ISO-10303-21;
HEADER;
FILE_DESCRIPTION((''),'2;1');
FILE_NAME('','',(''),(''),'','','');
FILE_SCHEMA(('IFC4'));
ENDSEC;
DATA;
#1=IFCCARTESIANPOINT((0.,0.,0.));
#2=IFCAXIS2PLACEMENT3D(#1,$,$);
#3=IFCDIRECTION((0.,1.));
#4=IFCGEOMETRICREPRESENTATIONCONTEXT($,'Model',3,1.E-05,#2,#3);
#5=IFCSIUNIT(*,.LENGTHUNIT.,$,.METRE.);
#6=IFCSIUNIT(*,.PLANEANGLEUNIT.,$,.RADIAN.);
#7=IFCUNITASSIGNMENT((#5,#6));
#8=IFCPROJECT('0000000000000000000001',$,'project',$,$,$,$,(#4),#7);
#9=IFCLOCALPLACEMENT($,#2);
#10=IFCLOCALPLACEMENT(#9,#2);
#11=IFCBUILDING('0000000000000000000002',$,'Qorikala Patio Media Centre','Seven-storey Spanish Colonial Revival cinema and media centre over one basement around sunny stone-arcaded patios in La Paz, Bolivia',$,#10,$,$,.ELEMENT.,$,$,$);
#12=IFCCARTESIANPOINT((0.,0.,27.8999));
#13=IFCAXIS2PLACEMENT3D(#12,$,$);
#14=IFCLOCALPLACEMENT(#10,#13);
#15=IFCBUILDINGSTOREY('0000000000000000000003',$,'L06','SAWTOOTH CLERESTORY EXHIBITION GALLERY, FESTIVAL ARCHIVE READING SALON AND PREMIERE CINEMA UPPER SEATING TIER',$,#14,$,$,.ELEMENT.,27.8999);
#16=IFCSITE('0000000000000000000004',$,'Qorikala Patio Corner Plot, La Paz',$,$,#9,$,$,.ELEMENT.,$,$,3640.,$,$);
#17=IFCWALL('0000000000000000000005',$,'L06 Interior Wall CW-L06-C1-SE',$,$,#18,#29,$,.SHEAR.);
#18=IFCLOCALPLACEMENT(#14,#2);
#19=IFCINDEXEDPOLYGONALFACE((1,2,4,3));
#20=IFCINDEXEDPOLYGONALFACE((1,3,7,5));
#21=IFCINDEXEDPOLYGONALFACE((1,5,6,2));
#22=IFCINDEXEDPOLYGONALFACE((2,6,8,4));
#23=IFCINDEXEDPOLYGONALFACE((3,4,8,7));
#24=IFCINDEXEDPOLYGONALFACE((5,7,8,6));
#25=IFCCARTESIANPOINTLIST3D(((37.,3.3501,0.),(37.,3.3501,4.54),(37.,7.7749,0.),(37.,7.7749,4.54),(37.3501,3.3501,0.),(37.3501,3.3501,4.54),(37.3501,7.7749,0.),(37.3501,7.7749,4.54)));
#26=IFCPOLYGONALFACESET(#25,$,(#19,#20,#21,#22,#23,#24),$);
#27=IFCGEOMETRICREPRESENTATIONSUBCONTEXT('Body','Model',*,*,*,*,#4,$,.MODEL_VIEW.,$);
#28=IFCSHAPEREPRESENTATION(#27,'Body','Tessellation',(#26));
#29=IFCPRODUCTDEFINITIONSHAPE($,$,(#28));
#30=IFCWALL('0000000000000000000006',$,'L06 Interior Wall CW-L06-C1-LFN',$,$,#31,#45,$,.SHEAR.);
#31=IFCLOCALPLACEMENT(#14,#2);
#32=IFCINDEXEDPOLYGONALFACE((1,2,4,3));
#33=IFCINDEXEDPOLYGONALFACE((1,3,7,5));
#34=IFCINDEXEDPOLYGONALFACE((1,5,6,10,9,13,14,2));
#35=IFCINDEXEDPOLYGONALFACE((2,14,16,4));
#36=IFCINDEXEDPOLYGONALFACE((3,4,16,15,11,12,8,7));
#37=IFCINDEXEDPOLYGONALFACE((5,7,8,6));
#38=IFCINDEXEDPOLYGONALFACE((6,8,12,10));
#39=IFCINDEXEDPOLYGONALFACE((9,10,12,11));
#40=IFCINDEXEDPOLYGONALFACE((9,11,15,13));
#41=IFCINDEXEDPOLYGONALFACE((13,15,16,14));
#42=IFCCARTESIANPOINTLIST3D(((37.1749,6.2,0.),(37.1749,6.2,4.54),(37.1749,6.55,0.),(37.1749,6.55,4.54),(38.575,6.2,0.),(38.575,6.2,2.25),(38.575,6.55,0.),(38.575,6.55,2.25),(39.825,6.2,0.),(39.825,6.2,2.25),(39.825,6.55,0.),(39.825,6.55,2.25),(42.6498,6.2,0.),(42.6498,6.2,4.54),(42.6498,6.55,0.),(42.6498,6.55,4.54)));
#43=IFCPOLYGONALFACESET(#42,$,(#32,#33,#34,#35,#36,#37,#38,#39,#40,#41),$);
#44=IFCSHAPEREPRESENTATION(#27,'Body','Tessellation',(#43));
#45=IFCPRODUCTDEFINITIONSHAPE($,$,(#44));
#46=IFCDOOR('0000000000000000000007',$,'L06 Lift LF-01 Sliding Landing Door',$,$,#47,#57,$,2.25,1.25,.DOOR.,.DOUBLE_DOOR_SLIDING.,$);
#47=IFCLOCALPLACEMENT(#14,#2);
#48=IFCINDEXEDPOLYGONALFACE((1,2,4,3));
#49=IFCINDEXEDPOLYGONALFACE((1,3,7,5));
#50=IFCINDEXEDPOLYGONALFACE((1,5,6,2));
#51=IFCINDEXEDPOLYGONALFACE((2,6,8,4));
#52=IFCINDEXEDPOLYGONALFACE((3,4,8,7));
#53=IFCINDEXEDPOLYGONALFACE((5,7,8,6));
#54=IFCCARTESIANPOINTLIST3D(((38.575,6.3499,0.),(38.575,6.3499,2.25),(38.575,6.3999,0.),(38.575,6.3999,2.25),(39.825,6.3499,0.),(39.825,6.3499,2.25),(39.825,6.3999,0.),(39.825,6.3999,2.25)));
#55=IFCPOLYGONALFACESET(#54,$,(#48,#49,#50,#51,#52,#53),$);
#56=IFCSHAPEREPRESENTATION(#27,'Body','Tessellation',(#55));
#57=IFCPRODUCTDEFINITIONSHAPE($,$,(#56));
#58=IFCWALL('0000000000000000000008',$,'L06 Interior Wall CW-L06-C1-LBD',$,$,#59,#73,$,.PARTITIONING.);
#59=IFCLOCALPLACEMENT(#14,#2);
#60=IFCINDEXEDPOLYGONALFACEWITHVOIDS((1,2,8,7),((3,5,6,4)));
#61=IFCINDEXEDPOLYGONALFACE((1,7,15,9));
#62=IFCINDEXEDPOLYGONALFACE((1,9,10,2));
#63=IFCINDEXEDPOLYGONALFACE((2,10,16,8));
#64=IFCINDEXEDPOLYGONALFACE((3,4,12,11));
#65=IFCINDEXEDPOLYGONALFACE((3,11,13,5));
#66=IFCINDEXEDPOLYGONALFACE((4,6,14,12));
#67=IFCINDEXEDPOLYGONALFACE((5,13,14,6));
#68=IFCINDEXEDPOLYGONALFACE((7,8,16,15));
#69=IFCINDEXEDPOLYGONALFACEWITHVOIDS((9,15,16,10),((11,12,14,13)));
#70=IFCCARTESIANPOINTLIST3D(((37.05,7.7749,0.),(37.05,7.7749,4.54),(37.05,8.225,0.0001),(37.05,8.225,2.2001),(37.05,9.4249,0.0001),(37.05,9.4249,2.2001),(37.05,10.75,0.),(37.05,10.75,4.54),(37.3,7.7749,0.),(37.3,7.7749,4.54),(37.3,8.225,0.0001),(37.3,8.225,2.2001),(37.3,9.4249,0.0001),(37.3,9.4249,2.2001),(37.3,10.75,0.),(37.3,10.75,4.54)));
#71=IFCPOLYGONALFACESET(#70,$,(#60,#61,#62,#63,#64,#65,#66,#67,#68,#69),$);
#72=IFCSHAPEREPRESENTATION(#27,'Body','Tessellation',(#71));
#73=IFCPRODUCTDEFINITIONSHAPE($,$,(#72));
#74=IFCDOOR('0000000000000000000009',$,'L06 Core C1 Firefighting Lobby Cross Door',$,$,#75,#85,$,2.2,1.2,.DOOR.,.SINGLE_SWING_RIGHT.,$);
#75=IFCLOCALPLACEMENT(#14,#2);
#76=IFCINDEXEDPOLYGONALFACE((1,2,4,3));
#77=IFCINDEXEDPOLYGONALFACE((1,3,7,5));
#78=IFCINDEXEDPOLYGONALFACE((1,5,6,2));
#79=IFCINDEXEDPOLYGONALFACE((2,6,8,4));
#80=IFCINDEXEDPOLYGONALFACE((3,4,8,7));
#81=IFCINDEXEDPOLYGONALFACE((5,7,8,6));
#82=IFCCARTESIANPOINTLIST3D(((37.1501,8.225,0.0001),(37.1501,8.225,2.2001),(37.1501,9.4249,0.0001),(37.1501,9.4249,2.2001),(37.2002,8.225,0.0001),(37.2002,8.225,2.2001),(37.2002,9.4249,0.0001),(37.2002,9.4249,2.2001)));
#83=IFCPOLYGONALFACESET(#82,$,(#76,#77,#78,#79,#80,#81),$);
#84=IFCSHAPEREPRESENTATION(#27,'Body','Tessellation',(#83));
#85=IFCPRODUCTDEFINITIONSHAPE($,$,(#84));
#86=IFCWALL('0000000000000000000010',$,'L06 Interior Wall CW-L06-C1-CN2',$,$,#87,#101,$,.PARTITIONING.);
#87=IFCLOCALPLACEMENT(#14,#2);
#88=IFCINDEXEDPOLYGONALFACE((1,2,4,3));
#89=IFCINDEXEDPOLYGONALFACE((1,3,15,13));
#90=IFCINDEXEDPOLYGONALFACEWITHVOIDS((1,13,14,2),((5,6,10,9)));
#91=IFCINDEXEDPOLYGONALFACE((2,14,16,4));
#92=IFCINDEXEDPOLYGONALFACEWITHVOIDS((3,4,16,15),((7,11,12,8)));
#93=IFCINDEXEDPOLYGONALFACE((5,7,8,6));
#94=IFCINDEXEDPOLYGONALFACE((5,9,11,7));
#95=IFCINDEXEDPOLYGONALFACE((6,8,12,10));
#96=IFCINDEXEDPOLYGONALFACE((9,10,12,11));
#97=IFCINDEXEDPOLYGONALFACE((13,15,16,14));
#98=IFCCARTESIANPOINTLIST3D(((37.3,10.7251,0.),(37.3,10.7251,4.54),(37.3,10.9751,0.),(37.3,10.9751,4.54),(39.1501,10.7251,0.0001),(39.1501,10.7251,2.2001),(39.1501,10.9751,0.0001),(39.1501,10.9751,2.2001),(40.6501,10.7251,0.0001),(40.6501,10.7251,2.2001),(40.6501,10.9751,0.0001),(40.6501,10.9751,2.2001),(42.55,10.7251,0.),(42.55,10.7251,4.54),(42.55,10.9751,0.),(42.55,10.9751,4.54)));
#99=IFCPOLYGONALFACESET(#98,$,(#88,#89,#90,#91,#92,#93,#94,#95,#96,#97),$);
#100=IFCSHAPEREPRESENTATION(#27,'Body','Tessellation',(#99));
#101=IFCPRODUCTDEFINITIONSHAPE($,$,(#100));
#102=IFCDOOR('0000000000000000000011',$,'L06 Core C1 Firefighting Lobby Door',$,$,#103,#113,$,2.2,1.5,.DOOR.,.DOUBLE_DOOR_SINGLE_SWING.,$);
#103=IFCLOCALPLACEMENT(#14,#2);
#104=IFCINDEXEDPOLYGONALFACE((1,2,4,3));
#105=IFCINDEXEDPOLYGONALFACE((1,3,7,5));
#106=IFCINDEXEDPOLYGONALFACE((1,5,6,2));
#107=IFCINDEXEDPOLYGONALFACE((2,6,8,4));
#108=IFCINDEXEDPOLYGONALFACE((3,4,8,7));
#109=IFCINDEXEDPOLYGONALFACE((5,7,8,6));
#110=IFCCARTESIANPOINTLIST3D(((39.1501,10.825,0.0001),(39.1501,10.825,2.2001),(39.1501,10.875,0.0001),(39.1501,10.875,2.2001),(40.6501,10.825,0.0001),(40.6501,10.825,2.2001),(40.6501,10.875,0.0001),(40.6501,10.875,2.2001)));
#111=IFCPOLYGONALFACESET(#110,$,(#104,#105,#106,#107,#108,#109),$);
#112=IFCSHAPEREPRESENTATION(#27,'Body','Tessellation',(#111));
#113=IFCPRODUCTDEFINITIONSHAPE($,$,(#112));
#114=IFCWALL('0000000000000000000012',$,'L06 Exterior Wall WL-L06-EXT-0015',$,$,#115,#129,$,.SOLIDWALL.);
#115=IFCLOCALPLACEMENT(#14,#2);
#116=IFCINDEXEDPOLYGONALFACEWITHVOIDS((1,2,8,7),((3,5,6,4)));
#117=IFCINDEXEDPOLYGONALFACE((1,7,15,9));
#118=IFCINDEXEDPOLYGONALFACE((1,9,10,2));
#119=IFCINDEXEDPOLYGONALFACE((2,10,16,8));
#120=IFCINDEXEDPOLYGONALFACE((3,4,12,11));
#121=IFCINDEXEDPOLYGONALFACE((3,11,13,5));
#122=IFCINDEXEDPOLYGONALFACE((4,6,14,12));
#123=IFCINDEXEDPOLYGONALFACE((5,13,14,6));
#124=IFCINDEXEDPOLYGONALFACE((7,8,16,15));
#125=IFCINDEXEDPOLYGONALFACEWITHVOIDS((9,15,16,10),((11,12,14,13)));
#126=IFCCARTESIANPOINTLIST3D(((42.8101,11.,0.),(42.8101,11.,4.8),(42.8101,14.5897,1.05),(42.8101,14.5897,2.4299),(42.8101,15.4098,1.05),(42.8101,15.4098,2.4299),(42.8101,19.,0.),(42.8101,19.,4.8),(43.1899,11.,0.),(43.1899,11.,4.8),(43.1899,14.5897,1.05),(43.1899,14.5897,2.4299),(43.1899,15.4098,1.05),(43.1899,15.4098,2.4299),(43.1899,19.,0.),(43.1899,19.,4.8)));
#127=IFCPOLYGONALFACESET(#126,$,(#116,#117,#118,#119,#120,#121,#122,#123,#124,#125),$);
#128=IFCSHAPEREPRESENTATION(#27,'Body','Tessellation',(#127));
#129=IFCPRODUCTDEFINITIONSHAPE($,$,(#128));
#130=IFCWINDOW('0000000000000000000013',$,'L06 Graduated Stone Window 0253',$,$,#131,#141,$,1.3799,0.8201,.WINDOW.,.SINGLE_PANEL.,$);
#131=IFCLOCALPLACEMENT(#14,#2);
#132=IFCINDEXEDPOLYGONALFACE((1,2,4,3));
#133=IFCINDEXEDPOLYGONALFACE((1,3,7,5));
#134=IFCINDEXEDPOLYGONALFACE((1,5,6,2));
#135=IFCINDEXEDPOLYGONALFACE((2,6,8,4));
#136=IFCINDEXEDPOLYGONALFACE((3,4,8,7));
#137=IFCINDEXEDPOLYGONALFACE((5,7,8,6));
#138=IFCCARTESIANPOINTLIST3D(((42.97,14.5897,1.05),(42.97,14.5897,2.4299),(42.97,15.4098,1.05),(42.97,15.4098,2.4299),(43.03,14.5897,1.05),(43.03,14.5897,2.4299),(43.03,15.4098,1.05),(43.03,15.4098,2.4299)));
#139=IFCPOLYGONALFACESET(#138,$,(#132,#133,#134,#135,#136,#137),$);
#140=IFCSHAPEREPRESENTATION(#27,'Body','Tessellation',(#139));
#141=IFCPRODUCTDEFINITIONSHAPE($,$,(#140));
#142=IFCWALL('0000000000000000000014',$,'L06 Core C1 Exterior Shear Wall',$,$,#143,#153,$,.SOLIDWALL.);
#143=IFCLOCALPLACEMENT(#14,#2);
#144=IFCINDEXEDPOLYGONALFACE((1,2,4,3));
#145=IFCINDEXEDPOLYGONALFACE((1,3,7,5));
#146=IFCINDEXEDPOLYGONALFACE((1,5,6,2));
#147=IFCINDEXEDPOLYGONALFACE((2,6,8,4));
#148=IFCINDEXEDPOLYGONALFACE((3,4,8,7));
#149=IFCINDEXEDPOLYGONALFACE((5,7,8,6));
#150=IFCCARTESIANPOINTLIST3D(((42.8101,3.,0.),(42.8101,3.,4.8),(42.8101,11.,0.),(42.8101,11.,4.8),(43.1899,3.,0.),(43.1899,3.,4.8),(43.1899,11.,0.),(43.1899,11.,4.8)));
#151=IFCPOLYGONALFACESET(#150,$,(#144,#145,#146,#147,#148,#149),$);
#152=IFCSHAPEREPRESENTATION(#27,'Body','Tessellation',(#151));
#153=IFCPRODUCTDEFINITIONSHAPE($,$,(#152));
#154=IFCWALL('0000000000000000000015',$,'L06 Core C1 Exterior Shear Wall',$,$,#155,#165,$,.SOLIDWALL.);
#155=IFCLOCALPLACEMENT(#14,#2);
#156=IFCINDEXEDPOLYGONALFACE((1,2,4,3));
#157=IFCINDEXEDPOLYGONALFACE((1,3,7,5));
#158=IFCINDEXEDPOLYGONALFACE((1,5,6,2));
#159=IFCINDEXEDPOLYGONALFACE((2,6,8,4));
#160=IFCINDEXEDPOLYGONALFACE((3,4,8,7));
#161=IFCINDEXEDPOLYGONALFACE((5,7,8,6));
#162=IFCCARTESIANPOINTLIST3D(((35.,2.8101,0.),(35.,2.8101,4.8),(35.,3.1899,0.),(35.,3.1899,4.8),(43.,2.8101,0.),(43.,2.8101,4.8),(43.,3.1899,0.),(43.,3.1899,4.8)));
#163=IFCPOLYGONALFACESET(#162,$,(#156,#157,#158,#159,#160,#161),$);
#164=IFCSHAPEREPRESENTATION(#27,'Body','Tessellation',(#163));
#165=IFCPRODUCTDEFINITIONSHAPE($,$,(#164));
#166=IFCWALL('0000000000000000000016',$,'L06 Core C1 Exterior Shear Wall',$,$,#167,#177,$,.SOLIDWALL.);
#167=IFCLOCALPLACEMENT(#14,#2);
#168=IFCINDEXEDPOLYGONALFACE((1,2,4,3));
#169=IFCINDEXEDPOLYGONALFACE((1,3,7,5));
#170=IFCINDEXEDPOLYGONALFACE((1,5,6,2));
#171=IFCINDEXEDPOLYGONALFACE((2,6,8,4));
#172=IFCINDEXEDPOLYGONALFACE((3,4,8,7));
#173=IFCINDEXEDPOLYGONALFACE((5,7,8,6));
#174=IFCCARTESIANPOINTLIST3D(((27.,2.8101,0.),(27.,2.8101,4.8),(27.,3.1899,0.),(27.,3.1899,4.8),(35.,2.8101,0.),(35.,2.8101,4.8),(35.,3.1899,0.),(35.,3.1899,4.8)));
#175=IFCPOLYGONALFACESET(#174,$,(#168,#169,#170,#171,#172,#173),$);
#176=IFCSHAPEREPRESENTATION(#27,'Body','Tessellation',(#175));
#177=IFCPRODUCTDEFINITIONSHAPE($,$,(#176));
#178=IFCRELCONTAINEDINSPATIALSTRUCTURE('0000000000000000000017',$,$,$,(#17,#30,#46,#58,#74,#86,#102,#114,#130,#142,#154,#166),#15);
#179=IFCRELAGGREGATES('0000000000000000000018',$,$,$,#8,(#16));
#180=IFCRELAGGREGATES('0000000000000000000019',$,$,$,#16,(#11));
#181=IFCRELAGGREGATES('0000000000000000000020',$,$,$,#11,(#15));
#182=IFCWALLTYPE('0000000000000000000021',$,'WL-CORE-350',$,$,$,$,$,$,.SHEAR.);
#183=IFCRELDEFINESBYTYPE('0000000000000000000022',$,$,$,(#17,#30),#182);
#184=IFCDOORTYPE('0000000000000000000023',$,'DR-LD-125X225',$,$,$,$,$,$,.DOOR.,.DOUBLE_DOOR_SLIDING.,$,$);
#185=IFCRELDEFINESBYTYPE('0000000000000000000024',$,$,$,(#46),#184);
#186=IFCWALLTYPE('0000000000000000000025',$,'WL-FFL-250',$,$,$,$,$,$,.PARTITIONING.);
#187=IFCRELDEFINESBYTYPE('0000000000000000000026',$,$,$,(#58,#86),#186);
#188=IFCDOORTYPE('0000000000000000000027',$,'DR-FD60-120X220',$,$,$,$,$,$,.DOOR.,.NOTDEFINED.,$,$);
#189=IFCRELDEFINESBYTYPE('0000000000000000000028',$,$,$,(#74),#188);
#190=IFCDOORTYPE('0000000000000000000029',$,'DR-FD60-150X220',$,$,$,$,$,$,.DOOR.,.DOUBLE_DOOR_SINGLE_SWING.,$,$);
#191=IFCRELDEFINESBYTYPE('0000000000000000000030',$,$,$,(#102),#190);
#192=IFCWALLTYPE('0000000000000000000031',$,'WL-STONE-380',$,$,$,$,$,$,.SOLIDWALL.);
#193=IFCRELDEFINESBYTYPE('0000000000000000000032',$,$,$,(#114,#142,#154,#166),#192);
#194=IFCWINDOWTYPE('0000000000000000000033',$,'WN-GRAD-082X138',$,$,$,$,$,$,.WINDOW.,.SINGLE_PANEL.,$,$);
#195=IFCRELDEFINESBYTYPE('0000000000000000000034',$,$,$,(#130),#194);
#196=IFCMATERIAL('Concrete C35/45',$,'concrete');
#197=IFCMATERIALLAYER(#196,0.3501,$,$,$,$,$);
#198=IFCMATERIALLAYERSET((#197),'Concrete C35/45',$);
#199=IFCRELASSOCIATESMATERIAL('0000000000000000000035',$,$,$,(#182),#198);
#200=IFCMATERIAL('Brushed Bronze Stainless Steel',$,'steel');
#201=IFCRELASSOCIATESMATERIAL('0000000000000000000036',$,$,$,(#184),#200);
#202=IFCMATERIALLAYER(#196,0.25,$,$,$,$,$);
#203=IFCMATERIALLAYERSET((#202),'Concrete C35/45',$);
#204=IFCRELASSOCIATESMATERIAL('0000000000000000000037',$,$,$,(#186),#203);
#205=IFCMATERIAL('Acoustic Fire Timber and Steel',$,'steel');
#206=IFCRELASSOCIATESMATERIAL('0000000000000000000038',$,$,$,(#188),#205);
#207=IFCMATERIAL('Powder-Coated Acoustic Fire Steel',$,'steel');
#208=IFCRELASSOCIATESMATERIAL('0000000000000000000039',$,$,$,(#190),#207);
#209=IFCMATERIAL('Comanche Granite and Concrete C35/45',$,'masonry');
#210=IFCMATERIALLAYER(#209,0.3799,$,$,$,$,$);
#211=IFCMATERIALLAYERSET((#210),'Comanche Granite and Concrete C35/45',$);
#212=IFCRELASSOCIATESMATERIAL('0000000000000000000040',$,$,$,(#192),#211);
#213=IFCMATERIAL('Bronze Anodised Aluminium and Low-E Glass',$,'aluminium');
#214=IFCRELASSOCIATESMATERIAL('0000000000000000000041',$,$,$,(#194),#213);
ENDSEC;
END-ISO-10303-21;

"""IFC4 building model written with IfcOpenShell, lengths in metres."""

from ifc_helpers import new_model, si_unit, direction, frame, frame_2d, origin, place, context, subcontext, project, spatial, rectangle, extrude, material, layer, layer_set, type_object, element, fill, save


model = new_model("IFC4")

# Units and contexts
model_context = context("Model", 3, precision=1e-05, world=origin(), true_north=direction((0.0, 1.0)))
body_context = subcontext(model_context, "Body", "Model", "MODEL_VIEW")
ifc_project = project(units=[si_unit("LENGTHUNIT", "METRE"), si_unit("PLANEANGLEUNIT", "RADIAN")], contexts=[model_context])

# Site, building, storey
site_placement = place(None, origin())
site = spatial("IfcSite", under=ifc_project, at=site_placement, Name="Qorikala Patio Corner Plot, La Paz", CompositionType="ELEMENT", RefElevation=3640.0)
building_placement = place(site_placement, origin())
building = spatial("IfcBuilding", under=site, at=building_placement, Name="Qorikala Patio Media Centre", Description="Seven-storey Spanish Colonial Revival cinema and media centre over one basement around sunny stone-arcaded patios in La Paz, Bolivia", CompositionType="ELEMENT")
storey_placement = place(building_placement, frame((0.0, 0.0, 27.8999)))
storey = spatial("IfcBuildingStorey", under=building, at=storey_placement, Name="L06", Description="SAWTOOTH CLERESTORY EXHIBITION GALLERY, FESTIVAL ARCHIVE READING SALON AND PREMIERE CINEMA UPPER SEATING TIER", CompositionType="ELEMENT", Elevation=27.8999)

# Shared definitions
ifc_material_1 = material(Name="Concrete C35/45", Category="concrete")

# Wall
ifc_layer_1 = layer(ifc_material_1, 0.3501)
ifc_layer_set_1 = layer_set([ifc_layer_1], Name="Concrete C35/45")
wall_type_1 = type_object("IfcWallType", Name="WL-CORE-350", PredefinedType="SHEAR", material=ifc_layer_set_1)
wall_1_placement = place(storey_placement, frame((37.175, 3.3501, 0.0), z_axis=(0.0, 0.0, 1.0), x_axis=(0.0, 1.0, 0.0)))
element("IfcWall", 1, at=wall_1_placement, inside=storey, type_object=wall_type_1, Name="L06 Interior Wall CW-L06-C1-SE", PredefinedType="SHEAR", context=body_context, shape_type="SweptSolid", body=[
    extrude(rectangle(XDim=4.4248, YDim=0.3501, at=frame_2d((2.2124, 0.0))), origin(), (0.0, 0.0, 1.0), 4.54),
])

# Walls, openings, doors
wall_2_placement = place(storey_placement, frame((37.175, 6.375, 0.0), z_axis=(0.0, 0.0, 1.0), x_axis=(1.0, 0.0, 0.0)))
wall_2 = element("IfcWall", 2, at=wall_2_placement, inside=storey, type_object=wall_type_1, Name="L06 Interior Wall CW-L06-C1-LFN", PredefinedType="SHEAR", context=body_context, shape_type="SweptSolid", body=[
    extrude(rectangle(XDim=5.4749, YDim=0.3501, at=frame_2d((2.7373, 0.0))), origin(), (0.0, 0.0, 1.0), 4.54),
])
opening_1_placement = place(wall_2_placement, frame((1.3999, 0.0, 0.0)))
opening_1 = element("IfcOpeningElement", 3, at=opening_1_placement, cuts=wall_2, PredefinedType="OPENING", context=body_context, shape_type="SweptSolid", body=[
    extrude(rectangle(XDim=1.25, YDim=2.25, at=frame_2d((0.625, 1.125))), frame((0.0, 0.1851, 0.0), z_axis=(0.0, -1.0, 0.0), x_axis=(1.0, 0.0, 0.0)), (0.0, 0.0, 1.0), 0.3701),
])
ifc_material_2 = material(Name="Brushed Bronze Stainless Steel", Category="steel")
door_type_1 = type_object("IfcDoorType", Name="DR-LD-125X225", OperationType="DOUBLE_DOOR_SLIDING", PredefinedType="DOOR", material=ifc_material_2)
door_1_placement = place(opening_1_placement, origin())
door_1 = element("IfcDoor", 4, at=door_1_placement, inside=storey, type_object=door_type_1, Name="L06 Lift LF-01 Sliding Landing Door", OperationType="DOUBLE_DOOR_SLIDING", OverallHeight=2.25, OverallWidth=1.25, PredefinedType="DOOR", context=body_context, shape_type="SweptSolid", body=[
    extrude(rectangle(XDim=1.25, YDim=2.25, at=frame_2d((0.625, 1.125))), frame((0.0, 0.0249, 0.0), z_axis=(0.0, -1.0, 0.0), x_axis=(1.0, 0.0, 0.0)), (0.0, 0.0, 1.0), 0.05),
])
fill(opening_1, door_1)
ifc_layer_2 = layer(ifc_material_1, 0.25)
ifc_layer_set_2 = layer_set([ifc_layer_2], Name="Concrete C35/45")
wall_type_2 = type_object("IfcWallType", Name="WL-FFL-250", PredefinedType="PARTITIONING", material=ifc_layer_set_2)
wall_3_placement = place(storey_placement, frame((37.175, 7.7749, 0.0), z_axis=(0.0, 0.0, 1.0), x_axis=(0.0, 1.0, 0.0)))
wall_3 = element("IfcWall", 5, at=wall_3_placement, inside=storey, type_object=wall_type_2, Name="L06 Interior Wall CW-L06-C1-LBD", PredefinedType="PARTITIONING", context=body_context, shape_type="SweptSolid", body=[
    extrude(rectangle(XDim=2.9751, YDim=0.25, at=frame_2d((1.4875, 0.0))), origin(), (0.0, 0.0, 1.0), 4.54),
])
opening_2_placement = place(wall_3_placement, frame((0.45, 0.0, 0.0)))
opening_2 = element("IfcOpeningElement", 6, at=opening_2_placement, cuts=wall_3, PredefinedType="OPENING", context=body_context, shape_type="SweptSolid", body=[
    extrude(rectangle(XDim=1.2, YDim=2.2, at=frame_2d((0.6001, 1.1001))), frame((0.0, 0.135, 0.0), z_axis=(0.0, -1.0, 0.0), x_axis=(1.0, 0.0, 0.0)), (0.0, 0.0, 1.0), 0.27),
])
ifc_material_3 = material(Name="Acoustic Fire Timber and Steel", Category="steel")
door_type_2 = type_object("IfcDoorType", Name="DR-FD60-120X220", OperationType="NOTDEFINED", PredefinedType="DOOR", material=ifc_material_3)
door_2_placement = place(opening_2_placement, origin())
door_2 = element("IfcDoor", 7, at=door_2_placement, inside=storey, type_object=door_type_2, Name="L06 Core C1 Firefighting Lobby Cross Door", OperationType="SINGLE_SWING_RIGHT", OverallHeight=2.2, OverallWidth=1.2, PredefinedType="DOOR", context=body_context, shape_type="SweptSolid", body=[
    extrude(rectangle(XDim=1.2, YDim=2.2, at=frame_2d((0.6001, 1.1001))), frame((0.0, 0.0249, 0.0), z_axis=(0.0, -1.0, 0.0), x_axis=(1.0, 0.0, 0.0)), (0.0, 0.0, 1.0), 0.05),
])
fill(opening_2, door_2)
wall_4_placement = place(storey_placement, frame((37.3, 10.8501, 0.0), z_axis=(0.0, 0.0, 1.0), x_axis=(1.0, 0.0, 0.0)))
wall_4 = element("IfcWall", 8, at=wall_4_placement, inside=storey, type_object=wall_type_2, Name="L06 Interior Wall CW-L06-C1-CN2", PredefinedType="PARTITIONING", context=body_context, shape_type="SweptSolid", body=[
    extrude(rectangle(XDim=5.25, YDim=0.25, at=frame_2d((2.625, 0.0))), origin(), (0.0, 0.0, 1.0), 4.54),
])
opening_3_placement = place(wall_4_placement, frame((1.8501, 0.0, 0.0)))
opening_3 = element("IfcOpeningElement", 9, at=opening_3_placement, cuts=wall_4, PredefinedType="OPENING", context=body_context, shape_type="SweptSolid", body=[
    extrude(rectangle(XDim=1.5, YDim=2.2, at=frame_2d((0.75, 1.1001))), frame((0.0, 0.135, 0.0), z_axis=(0.0, -1.0, 0.0), x_axis=(1.0, 0.0, 0.0)), (0.0, 0.0, 1.0), 0.27),
])
ifc_material_4 = material(Name="Powder-Coated Acoustic Fire Steel", Category="steel")
door_type_3 = type_object("IfcDoorType", Name="DR-FD60-150X220", OperationType="DOUBLE_DOOR_SINGLE_SWING", PredefinedType="DOOR", material=ifc_material_4)
door_3_placement = place(opening_3_placement, origin())
door_3 = element("IfcDoor", 10, at=door_3_placement, inside=storey, type_object=door_type_3, Name="L06 Core C1 Firefighting Lobby Door", OperationType="DOUBLE_DOOR_SINGLE_SWING", OverallHeight=2.2, OverallWidth=1.5, PredefinedType="DOOR", context=body_context, shape_type="SweptSolid", body=[
    extrude(rectangle(XDim=1.5, YDim=2.2, at=frame_2d((0.75, 1.1001))), frame((0.0, 0.0249, 0.0), z_axis=(0.0, -1.0, 0.0), x_axis=(1.0, 0.0, 0.0)), (0.0, 0.0, 1.0), 0.05),
])
fill(opening_3, door_3)

# Wall, opening, window
ifc_material_5 = material(Name="Comanche Granite and Concrete C35/45", Category="masonry")
ifc_layer_3 = layer(ifc_material_5, 0.3799)
ifc_layer_set_3 = layer_set([ifc_layer_3], Name="Comanche Granite and Concrete C35/45")
wall_type_3 = type_object("IfcWallType", Name="WL-STONE-380", PredefinedType="SOLIDWALL", material=ifc_layer_set_3)
wall_5_placement = place(storey_placement, frame((43.0, 19.0, 0.0), z_axis=(0.0, 0.0, 1.0), x_axis=(0.0, -1.0, 0.0)))
wall_5 = element("IfcWall", 11, at=wall_5_placement, inside=storey, type_object=wall_type_3, Name="L06 Exterior Wall WL-L06-EXT-0015", PredefinedType="SOLIDWALL", context=body_context, shape_type="SweptSolid", body=[
    extrude(rectangle(XDim=8.0, YDim=0.3799, at=frame_2d((4.0, 0.0))), origin(), (0.0, 0.0, 1.0), 4.8),
])
opening_4_placement = place(wall_5_placement, frame((3.5901, 0.0, 1.05)))
opening_4 = element("IfcOpeningElement", 12, at=opening_4_placement, cuts=wall_5, PredefinedType="OPENING", context=body_context, shape_type="SweptSolid", body=[
    extrude(rectangle(XDim=0.8201, YDim=1.3799, at=frame_2d((0.4102, 0.6899))), frame((0.0, 0.2, 0.0), z_axis=(0.0, -1.0, 0.0), x_axis=(1.0, 0.0, 0.0)), (0.0, 0.0, 1.0), 0.3999),
])
ifc_material_6 = material(Name="Bronze Anodised Aluminium and Low-E Glass", Category="aluminium")
window_type = type_object("IfcWindowType", Name="WN-GRAD-082X138", PartitioningType="SINGLE_PANEL", PredefinedType="WINDOW", material=ifc_material_6)
window_placement = place(opening_4_placement, origin())
window = element("IfcWindow", 13, at=window_placement, inside=storey, type_object=window_type, Name="L06 Graduated Stone Window 0253", OverallHeight=1.3799, OverallWidth=0.8201, PartitioningType="SINGLE_PANEL", PredefinedType="WINDOW", context=body_context, shape_type="SweptSolid", body=[
    extrude(rectangle(XDim=0.8201, YDim=1.3799, at=frame_2d((0.4102, 0.6899))), frame((0.0, 0.03, 0.0), z_axis=(0.0, -1.0, 0.0), x_axis=(1.0, 0.0, 0.0)), (0.0, 0.0, 1.0), 0.0601),
])
fill(opening_4, window)

# Walls
for number, where, z_axis, x_axis, name in (
    (14, (43.0, 11.0, 0.0), (0.0, 0.0, 1.0), (0.0, -1.0, 0.0), "L06 Core C1 Exterior Shear Wall"),
    (15, (43.0, 3.0, 0.0), (0.0, 0.0, 1.0), (-1.0, 0.0, 0.0), "L06 Core C1 Exterior Shear Wall"),
    (16, (35.0, 3.0, 0.0), (0.0, 0.0, 1.0), (-1.0, 0.0, 0.0), "L06 Core C1 Exterior Shear Wall"),
):
    element("IfcWall", number, at=place(storey_placement, frame(where, z_axis=z_axis, x_axis=x_axis)), inside=storey, type_object=wall_type_3, Name=name, PredefinedType="SOLIDWALL", context=body_context, shape_type="SweptSolid", body=[
        extrude(rectangle(XDim=8.0, YDim=0.3799, at=frame_2d((4.0, 0.0))), origin(), (0.0, 0.0, 1.0), 4.8),
    ])

save(model, "model.ifc")
